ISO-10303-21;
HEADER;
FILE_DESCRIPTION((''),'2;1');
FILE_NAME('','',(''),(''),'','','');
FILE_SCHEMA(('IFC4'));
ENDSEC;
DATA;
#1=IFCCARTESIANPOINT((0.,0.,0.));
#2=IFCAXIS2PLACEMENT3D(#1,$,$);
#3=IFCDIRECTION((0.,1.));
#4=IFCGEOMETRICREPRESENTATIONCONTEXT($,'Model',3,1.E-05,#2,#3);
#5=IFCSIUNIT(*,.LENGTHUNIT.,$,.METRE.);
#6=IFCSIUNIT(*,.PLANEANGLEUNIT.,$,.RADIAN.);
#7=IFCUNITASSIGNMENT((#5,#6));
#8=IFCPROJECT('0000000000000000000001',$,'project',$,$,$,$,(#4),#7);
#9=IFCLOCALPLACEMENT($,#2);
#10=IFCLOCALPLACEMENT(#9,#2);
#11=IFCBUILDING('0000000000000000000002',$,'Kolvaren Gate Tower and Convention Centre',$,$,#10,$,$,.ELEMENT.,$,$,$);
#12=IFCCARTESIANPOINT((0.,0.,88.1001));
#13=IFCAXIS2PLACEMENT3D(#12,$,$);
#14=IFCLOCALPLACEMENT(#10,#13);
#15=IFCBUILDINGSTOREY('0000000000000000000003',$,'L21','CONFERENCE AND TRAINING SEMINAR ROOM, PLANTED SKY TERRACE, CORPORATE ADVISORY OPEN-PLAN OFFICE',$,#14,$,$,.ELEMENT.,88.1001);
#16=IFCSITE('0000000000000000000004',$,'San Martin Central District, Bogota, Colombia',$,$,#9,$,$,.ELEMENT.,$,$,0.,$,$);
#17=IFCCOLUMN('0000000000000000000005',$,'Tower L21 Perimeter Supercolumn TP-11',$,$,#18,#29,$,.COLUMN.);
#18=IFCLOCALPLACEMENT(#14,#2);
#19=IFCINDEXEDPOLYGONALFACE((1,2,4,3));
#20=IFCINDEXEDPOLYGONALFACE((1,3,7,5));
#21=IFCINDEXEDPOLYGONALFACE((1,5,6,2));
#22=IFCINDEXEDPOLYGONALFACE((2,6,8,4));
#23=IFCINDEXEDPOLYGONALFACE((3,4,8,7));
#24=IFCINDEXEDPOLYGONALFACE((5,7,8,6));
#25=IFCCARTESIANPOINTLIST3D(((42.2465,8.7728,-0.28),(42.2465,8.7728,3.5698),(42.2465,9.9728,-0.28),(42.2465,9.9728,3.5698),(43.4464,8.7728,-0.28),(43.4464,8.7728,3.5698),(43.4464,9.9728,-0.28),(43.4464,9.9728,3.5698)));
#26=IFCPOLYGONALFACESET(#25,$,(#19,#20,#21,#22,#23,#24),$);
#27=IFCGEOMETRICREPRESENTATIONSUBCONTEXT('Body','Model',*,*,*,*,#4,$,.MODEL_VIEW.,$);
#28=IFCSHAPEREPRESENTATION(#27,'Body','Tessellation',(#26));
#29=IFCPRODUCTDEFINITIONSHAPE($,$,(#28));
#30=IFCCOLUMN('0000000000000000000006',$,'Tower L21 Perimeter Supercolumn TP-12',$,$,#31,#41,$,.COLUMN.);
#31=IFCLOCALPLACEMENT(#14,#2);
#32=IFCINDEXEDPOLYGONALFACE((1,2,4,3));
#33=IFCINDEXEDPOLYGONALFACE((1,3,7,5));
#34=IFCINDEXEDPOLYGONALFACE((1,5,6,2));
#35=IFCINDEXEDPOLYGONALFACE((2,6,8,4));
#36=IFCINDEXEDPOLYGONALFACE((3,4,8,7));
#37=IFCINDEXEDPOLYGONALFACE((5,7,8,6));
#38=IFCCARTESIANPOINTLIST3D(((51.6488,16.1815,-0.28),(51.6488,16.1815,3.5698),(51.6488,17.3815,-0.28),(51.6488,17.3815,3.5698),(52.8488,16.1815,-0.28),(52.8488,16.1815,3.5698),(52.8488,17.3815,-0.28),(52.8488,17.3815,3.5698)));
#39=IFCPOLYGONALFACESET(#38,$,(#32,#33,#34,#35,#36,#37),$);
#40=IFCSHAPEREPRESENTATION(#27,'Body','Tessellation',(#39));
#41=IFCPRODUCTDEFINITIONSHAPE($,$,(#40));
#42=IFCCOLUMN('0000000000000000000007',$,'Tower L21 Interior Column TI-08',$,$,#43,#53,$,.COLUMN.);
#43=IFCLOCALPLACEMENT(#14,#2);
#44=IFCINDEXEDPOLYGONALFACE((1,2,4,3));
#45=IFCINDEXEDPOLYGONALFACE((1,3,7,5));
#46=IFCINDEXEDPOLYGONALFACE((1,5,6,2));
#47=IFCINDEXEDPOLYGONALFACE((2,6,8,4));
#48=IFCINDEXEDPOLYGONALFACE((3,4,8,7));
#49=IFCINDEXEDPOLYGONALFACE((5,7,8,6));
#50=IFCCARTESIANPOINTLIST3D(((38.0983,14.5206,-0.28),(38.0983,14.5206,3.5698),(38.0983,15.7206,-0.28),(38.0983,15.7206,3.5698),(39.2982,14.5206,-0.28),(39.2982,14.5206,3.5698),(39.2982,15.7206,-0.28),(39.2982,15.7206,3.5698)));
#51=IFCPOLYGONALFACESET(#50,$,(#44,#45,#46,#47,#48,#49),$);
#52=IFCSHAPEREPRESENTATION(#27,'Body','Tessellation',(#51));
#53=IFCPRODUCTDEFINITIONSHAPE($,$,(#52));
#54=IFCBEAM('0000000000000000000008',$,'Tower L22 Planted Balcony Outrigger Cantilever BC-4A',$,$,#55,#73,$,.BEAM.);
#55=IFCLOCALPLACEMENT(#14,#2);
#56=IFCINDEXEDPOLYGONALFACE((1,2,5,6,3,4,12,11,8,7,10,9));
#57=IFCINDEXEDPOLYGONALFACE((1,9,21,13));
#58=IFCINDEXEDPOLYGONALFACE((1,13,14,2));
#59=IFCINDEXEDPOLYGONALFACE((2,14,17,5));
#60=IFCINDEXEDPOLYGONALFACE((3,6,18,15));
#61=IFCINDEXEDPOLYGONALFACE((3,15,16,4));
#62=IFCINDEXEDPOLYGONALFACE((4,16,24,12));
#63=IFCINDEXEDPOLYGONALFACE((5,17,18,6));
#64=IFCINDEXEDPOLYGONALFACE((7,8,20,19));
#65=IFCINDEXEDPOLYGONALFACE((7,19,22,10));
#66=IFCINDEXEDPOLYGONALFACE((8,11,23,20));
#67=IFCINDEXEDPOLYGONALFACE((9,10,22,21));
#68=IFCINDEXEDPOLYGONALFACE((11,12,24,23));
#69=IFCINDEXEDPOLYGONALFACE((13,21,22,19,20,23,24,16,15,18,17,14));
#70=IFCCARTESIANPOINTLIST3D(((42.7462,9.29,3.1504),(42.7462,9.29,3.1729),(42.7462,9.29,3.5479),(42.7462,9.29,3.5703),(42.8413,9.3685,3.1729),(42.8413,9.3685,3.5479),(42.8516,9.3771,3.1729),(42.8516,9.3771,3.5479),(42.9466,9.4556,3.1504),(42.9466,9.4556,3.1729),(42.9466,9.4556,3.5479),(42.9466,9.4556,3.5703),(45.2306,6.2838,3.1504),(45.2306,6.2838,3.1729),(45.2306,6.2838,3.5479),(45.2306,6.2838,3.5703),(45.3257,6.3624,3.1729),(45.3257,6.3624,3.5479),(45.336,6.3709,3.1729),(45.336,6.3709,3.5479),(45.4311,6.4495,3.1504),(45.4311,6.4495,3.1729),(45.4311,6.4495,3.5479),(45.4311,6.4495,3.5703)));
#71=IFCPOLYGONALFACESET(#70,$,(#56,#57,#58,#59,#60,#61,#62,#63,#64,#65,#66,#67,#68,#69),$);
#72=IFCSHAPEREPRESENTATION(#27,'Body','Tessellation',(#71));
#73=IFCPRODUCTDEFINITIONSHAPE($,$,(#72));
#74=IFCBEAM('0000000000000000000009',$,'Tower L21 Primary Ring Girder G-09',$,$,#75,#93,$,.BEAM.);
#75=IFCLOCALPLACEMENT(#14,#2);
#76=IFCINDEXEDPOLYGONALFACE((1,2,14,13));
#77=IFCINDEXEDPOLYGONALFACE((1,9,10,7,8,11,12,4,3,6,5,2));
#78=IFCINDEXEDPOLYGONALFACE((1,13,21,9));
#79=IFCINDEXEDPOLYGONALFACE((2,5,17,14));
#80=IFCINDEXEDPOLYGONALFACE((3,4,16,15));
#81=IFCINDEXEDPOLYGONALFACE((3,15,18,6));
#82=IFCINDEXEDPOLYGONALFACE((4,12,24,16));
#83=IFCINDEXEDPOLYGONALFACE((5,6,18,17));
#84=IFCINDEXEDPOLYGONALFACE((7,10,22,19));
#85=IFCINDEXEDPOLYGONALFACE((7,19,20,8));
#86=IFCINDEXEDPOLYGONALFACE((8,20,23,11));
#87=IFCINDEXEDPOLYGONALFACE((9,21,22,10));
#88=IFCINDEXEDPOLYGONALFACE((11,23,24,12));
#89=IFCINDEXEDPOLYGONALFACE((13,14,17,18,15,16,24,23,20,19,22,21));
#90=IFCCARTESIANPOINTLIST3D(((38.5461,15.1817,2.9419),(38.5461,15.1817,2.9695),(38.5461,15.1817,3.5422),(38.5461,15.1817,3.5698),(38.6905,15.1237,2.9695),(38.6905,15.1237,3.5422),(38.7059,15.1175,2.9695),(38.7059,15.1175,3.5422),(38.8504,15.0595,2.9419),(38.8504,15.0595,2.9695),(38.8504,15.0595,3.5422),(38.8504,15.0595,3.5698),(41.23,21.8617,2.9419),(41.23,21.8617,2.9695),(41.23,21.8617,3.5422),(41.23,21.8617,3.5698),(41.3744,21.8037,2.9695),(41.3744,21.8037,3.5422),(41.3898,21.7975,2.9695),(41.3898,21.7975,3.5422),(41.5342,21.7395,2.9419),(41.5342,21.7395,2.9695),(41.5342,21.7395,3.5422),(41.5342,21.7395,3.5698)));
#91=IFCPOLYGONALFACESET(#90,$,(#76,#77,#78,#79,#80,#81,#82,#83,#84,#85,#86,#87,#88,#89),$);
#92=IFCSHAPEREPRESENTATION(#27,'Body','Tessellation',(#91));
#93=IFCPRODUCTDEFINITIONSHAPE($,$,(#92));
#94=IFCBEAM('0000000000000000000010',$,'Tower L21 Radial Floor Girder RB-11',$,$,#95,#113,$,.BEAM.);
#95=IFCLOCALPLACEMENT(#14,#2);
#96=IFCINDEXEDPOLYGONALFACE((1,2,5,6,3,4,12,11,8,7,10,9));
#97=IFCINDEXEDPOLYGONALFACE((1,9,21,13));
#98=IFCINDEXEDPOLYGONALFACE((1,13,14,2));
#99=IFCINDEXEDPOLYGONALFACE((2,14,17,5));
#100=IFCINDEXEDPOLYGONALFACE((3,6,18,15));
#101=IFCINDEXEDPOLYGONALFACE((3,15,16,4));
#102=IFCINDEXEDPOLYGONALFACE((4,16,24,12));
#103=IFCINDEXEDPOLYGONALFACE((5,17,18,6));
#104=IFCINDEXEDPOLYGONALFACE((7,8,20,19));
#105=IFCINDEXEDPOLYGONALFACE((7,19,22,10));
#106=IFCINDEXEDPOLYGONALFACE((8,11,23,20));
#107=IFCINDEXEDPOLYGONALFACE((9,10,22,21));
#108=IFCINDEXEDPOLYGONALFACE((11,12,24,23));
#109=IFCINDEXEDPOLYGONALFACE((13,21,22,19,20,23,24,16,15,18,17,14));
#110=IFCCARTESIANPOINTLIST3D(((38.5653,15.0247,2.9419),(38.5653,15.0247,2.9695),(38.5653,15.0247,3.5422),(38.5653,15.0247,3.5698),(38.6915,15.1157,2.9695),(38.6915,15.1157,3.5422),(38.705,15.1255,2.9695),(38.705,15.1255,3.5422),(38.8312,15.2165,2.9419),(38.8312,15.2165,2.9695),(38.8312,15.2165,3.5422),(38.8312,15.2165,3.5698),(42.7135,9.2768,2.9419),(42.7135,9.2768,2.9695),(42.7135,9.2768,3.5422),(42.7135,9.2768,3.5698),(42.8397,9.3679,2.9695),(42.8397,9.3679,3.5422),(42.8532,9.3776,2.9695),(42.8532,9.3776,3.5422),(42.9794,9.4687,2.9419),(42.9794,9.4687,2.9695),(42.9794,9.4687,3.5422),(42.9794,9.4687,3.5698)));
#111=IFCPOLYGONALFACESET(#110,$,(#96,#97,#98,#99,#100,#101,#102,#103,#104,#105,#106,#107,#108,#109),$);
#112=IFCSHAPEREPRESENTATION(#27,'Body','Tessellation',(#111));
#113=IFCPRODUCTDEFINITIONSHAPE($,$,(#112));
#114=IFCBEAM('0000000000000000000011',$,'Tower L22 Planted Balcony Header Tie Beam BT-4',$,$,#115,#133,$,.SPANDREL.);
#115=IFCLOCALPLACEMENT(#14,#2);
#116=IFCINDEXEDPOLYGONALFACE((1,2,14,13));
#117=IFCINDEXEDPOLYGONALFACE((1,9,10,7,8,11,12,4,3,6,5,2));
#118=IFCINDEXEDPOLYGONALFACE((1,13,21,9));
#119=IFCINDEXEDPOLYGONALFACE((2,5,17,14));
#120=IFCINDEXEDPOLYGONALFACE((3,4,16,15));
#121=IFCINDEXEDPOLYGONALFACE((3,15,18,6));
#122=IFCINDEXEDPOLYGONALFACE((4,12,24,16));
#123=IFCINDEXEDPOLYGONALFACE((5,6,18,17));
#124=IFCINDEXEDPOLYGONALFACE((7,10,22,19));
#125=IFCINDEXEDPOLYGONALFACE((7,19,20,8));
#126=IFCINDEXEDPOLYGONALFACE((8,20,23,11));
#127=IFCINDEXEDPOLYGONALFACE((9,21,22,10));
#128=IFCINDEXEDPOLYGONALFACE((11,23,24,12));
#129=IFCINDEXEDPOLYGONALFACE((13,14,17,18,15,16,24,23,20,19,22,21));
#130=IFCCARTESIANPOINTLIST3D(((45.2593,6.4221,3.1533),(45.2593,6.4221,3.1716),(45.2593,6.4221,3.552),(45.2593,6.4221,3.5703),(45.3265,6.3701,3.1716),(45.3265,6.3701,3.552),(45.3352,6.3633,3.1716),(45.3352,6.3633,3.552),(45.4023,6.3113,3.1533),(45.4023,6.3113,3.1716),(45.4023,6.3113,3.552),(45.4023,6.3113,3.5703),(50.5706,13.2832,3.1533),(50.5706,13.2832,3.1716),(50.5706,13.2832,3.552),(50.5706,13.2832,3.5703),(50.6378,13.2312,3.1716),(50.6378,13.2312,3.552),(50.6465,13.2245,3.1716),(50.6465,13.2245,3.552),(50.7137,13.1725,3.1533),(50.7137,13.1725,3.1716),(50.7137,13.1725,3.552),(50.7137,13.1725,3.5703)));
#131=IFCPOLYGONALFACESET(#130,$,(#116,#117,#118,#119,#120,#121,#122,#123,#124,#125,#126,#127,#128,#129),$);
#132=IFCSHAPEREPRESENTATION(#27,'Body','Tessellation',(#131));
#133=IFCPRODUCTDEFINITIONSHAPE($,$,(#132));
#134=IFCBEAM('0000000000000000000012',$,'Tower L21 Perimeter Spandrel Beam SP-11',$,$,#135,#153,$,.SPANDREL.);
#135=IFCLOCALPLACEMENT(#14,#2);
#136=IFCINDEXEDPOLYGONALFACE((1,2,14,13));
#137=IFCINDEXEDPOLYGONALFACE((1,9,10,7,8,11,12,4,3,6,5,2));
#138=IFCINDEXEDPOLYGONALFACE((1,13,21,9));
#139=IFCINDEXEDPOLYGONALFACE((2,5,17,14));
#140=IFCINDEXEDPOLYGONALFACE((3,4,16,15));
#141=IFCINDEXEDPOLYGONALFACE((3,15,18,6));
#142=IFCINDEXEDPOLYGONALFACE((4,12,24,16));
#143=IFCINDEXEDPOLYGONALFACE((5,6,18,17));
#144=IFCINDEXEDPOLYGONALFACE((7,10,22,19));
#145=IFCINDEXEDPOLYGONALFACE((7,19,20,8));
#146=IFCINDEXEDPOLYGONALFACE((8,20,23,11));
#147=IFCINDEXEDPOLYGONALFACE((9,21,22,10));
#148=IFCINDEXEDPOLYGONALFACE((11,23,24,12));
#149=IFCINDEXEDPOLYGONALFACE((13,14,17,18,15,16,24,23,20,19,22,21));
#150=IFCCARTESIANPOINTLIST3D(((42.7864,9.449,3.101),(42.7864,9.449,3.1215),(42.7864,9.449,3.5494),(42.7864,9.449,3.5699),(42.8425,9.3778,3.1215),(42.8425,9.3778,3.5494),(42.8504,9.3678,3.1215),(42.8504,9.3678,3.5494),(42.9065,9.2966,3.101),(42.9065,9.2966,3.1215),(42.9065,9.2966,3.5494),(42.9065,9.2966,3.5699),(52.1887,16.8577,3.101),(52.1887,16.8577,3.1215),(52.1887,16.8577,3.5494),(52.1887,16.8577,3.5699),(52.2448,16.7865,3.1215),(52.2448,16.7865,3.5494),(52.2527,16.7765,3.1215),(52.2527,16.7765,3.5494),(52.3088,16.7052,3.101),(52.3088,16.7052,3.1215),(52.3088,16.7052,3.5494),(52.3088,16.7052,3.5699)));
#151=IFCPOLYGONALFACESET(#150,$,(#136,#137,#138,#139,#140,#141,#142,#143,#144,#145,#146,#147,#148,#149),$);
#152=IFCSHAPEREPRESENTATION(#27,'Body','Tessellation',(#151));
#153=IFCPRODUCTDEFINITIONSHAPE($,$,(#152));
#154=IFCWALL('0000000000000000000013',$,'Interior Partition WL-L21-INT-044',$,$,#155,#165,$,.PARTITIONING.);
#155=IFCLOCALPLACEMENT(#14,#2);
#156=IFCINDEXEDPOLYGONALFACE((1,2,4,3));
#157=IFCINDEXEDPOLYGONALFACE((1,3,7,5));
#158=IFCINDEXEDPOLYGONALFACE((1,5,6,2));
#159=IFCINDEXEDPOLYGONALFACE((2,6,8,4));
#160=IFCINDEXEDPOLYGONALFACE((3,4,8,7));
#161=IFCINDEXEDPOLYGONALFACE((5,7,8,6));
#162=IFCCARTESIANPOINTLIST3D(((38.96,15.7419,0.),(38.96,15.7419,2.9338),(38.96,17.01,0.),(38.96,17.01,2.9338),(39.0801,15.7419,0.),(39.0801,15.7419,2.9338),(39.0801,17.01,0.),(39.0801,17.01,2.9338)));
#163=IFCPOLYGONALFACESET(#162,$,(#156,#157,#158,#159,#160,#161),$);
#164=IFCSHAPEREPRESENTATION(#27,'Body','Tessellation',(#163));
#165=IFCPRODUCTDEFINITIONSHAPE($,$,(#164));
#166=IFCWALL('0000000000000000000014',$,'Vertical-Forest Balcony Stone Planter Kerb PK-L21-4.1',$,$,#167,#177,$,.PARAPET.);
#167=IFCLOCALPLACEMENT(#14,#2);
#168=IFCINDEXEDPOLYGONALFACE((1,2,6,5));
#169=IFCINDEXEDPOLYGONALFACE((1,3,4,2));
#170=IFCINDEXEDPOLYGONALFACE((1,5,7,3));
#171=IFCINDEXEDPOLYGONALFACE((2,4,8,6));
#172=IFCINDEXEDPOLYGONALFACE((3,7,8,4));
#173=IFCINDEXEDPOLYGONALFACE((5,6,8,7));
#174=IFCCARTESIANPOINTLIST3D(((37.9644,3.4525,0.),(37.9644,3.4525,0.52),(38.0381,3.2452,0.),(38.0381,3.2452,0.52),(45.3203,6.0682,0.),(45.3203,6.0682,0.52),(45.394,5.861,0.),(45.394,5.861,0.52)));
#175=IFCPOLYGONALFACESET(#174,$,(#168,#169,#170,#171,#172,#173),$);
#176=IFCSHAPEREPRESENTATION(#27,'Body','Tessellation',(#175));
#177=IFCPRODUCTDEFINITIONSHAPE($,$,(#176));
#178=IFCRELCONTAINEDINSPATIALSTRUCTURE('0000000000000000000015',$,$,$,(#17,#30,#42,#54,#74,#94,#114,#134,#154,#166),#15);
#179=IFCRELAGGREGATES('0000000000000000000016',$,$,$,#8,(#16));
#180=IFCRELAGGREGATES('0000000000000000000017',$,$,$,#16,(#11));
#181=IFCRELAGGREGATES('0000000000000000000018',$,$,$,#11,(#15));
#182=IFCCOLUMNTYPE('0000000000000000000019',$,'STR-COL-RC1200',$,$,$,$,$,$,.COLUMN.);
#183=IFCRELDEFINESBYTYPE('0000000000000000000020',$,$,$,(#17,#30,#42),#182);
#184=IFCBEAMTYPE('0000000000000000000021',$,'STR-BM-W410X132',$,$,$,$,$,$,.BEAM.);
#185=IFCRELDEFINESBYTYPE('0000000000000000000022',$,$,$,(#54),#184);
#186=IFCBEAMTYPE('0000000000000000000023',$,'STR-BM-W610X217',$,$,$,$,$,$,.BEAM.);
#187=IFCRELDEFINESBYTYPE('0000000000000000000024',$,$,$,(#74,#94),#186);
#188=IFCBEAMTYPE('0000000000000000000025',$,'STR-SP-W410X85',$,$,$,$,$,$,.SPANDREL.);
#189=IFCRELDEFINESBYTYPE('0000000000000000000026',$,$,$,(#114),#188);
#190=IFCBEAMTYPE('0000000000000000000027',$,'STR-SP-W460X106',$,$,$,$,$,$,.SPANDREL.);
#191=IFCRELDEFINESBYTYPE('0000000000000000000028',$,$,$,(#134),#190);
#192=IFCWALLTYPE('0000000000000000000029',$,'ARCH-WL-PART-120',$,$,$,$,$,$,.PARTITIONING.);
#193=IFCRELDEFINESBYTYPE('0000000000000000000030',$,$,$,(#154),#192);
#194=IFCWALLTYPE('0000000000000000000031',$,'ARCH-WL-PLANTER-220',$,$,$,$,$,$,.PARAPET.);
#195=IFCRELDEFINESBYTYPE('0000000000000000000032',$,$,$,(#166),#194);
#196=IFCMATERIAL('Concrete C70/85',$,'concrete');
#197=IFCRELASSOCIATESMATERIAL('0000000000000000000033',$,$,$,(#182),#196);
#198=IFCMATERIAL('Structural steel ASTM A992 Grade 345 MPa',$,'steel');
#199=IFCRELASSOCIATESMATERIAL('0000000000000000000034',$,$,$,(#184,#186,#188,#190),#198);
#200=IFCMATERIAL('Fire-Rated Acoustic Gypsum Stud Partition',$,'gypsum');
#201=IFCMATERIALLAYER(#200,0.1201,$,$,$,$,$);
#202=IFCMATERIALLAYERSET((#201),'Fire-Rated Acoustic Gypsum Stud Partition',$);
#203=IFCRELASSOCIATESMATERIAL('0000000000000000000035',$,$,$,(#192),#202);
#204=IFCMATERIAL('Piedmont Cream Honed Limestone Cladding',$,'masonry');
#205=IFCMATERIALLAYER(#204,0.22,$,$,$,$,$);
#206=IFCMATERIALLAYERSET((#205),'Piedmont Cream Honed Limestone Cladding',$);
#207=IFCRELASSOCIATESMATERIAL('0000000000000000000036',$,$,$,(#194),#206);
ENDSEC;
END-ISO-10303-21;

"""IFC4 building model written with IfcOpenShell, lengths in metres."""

from ifc_helpers import new_model, si_unit, direction, frame, frame_2d, origin, origin_2d, place, context, subcontext, project, spatial, rectangle, i_section, extrude, material, layer, layer_set, material_profile, profile_set, type_object, element, save


model = new_model("IFC4")

# Units and contexts
model_context = context("Model", 3, precision=1e-05, world=origin(), true_north=direction((0.0, 1.0)))
body_context = subcontext(model_context, "Body", "Model", "MODEL_VIEW")
ifc_project = project(units=[si_unit("LENGTHUNIT", "METRE"), si_unit("PLANEANGLEUNIT", "RADIAN")], contexts=[model_context])

# Site, building, storey
site_placement = place(None, origin())
site = spatial("IfcSite", under=ifc_project, at=site_placement, Name="San Martin Central District, Bogota, Colombia", CompositionType="ELEMENT", RefElevation=0.0)
building_placement = place(site_placement, origin())
building = spatial("IfcBuilding", under=site, at=building_placement, Name="Kolvaren Gate Tower and Convention Centre", CompositionType="ELEMENT")
storey_placement = place(building_placement, frame((0.0, 0.0, 88.1001)))
storey = spatial("IfcBuildingStorey", under=building, at=storey_placement, Name="L21", Description="CONFERENCE AND TRAINING SEMINAR ROOM, PLANTED SKY TERRACE, CORPORATE ADVISORY OPEN-PLAN OFFICE", CompositionType="ELEMENT", Elevation=88.1001)

# Columns
ifc_material_1 = material(Name="Concrete C70/85", Category="concrete")
ifc_material_profile_1 = material_profile(ifc_material_1, rectangle(XDim=1.2, YDim=1.2, at=origin_2d()), Name="RC-COL-1200X1200")
ifc_profile_set_1 = profile_set([ifc_material_profile_1], Name="Concrete C70/85")
column_type = type_object("IfcColumnType", Name="STR-COL-RC1200", PredefinedType="COLUMN", material=ifc_profile_set_1)
for number, where, z_axis, x_axis, name in (
    (1, (42.8464, 9.3728, -0.28), (0.0, 0.0, 1.0), (1.0, 0.0, 0.0), "Tower L21 Perimeter Supercolumn TP-11"),
    (2, (52.2488, 16.7815, -0.28), (0.0, 0.0, 1.0), (1.0, 0.0, 0.0), "Tower L21 Perimeter Supercolumn TP-12"),
    (3, (38.6982, 15.1206, -0.28), (0.0, 0.0, 1.0), (1.0, 0.0, 0.0), "Tower L21 Interior Column TI-08"),
):
    element("IfcColumn", number, at=place(storey_placement, frame(where, z_axis=z_axis, x_axis=x_axis)), inside=storey, type_object=column_type, Name=name, PredefinedType="COLUMN", context=body_context, shape_type="SweptSolid", body=[
        extrude(rectangle(XDim=1.2, YDim=1.2, at=origin_2d()), origin(), (0.0, 0.0, 1.0), 3.8499),
    ])

# Beams
ifc_material_2 = material(Name="Structural steel ASTM A992 Grade 345 MPa", Category="steel")
ifc_material_profile_2 = material_profile(ifc_material_2, i_section(OverallWidth=0.26, OverallDepth=0.4199, WebThickness=0.0134, FlangeThickness=0.0225, at=origin_2d()), Name="W410X132")
ifc_profile_set_2 = profile_set([ifc_material_profile_2], Name="Structural steel ASTM A992 Grade 345 MPa")
beam_type_1 = type_object("IfcBeamType", Name="STR-BM-W410X132", PredefinedType="BEAM", material=ifc_profile_set_2)
beam_1_placement = place(storey_placement, frame((42.8464, 9.3728, 3.3604), z_axis=(0.637045, -0.770827, 0.0), x_axis=(0.770827, 0.637045, 0.0)))
element("IfcBeam", 4, at=beam_1_placement, inside=storey, type_object=beam_type_1, Name="Tower L22 Planted Balcony Outrigger Cantilever BC-4A", PredefinedType="BEAM", context=body_context, shape_type="SweptSolid", body=[
    extrude(i_section(OverallWidth=0.26, OverallDepth=0.4199, WebThickness=0.0134, FlangeThickness=0.0225, at=origin_2d()), origin(), (0.0, 0.0, 1.0), 3.8999),
])
ifc_material_profile_3 = material_profile(ifc_material_2, i_section(OverallWidth=0.3279, OverallDepth=0.6279, WebThickness=0.0166, FlangeThickness=0.0276, at=origin_2d()), Name="W610X217")
ifc_profile_set_3 = profile_set([ifc_material_profile_3], Name="Structural steel ASTM A992 Grade 345 MPa")
beam_type_2 = type_object("IfcBeamType", Name="STR-BM-W610X217", PredefinedType="BEAM", material=ifc_profile_set_3)
beam_2_placement = place(storey_placement, frame((38.6982, 15.1206, 3.2559), z_axis=(0.372811, 0.927907, 0.0), x_axis=(-0.927907, 0.372811, 0.0)))
element("IfcBeam", 5, at=beam_2_placement, inside=storey, type_object=beam_type_2, Name="Tower L21 Primary Ring Girder G-09", PredefinedType="BEAM", context=body_context, shape_type="SweptSolid", body=[
    extrude(i_section(OverallWidth=0.3279, OverallDepth=0.6279, WebThickness=0.0166, FlangeThickness=0.0276, at=origin_2d()), origin(), (0.0, 0.0, 1.0), 7.199),
])
beam_3_placement = place(storey_placement, frame((38.6982, 15.1206, 3.2559), z_axis=(0.585213, -0.81088, 0.0), x_axis=(0.81088, 0.585213, 0.0)))
element("IfcBeam", 6, at=beam_3_placement, inside=storey, type_object=beam_type_2, Name="Tower L21 Radial Floor Girder RB-11", PredefinedType="BEAM", context=body_context, shape_type="SweptSolid", body=[
    extrude(i_section(OverallWidth=0.3279, OverallDepth=0.6279, WebThickness=0.0166, FlangeThickness=0.0276, at=origin_2d()), origin(), (0.0, 0.0, 1.0), 7.0884),
])
ifc_material_profile_4 = material_profile(ifc_material_2, i_section(OverallWidth=0.1809, OverallDepth=0.417, WebThickness=0.011, FlangeThickness=0.0183, at=origin_2d()), Name="W410X85")
ifc_profile_set_4 = profile_set([ifc_material_profile_4], Name="Structural steel ASTM A992 Grade 345 MPa")
beam_type_3 = type_object("IfcBeamType", Name="STR-SP-W410X85", PredefinedType="SPANDREL", material=ifc_profile_set_4)
beam_4_placement = place(storey_placement, frame((45.3308, 6.3667, 3.3618), z_axis=(0.612135, 0.790753, 0.0), x_axis=(-0.790753, 0.612135, 0.0)))
element("IfcBeam", 7, at=beam_4_placement, inside=storey, type_object=beam_type_3, Name="Tower L22 Planted Balcony Header Tie Beam BT-4", PredefinedType="SPANDREL", context=body_context, shape_type="SweptSolid", body=[
    extrude(i_section(OverallWidth=0.1809, OverallDepth=0.417, WebThickness=0.011, FlangeThickness=0.0183, at=origin_2d()), origin(), (0.0, 0.0, 1.0), 8.6768),
])
ifc_material_profile_5 = material_profile(ifc_material_2, i_section(OverallWidth=0.1941, OverallDepth=0.469, WebThickness=0.0127, FlangeThickness=0.0205, at=origin_2d()), Name="W460X106")
ifc_profile_set_5 = profile_set([ifc_material_profile_5], Name="Structural steel ASTM A992 Grade 345 MPa")
beam_type_4 = type_object("IfcBeamType", Name="STR-SP-W460X106", PredefinedType="SPANDREL", material=ifc_profile_set_5)
beam_5_placement = place(storey_placement, frame((42.8464, 9.3728, 3.3354), z_axis=(0.78546, 0.618913, 0.0), x_axis=(-0.618913, 0.78546, 0.0)))
element("IfcBeam", 8, at=beam_5_placement, inside=storey, type_object=beam_type_4, Name="Tower L21 Perimeter Spandrel Beam SP-11", PredefinedType="SPANDREL", context=body_context, shape_type="SweptSolid", body=[
    extrude(i_section(OverallWidth=0.1941, OverallDepth=0.469, WebThickness=0.0127, FlangeThickness=0.0205, at=origin_2d()), origin(), (0.0, 0.0, 1.0), 11.9705),
])

# Walls
ifc_material_3 = material(Name="Fire-Rated Acoustic Gypsum Stud Partition", Category="gypsum")
ifc_layer_1 = layer(ifc_material_3, 0.1201)
ifc_layer_set_1 = layer_set([ifc_layer_1], Name="Fire-Rated Acoustic Gypsum Stud Partition")
wall_type_1 = type_object("IfcWallType", Name="ARCH-WL-PART-120", PredefinedType="PARTITIONING", material=ifc_layer_set_1)
wall_1_placement = place(storey_placement, frame((39.02, 15.7419, 0.0), z_axis=(0.0, 0.0, 1.0), x_axis=(0.0, 1.0, 0.0)))
element("IfcWall", 9, at=wall_1_placement, inside=storey, type_object=wall_type_1, Name="Interior Partition WL-L21-INT-044", PredefinedType="PARTITIONING", context=body_context, shape_type="SweptSolid", body=[
    extrude(rectangle(XDim=1.2681, YDim=0.1201, at=frame_2d((0.634, 0.0))), origin(), (0.0, 0.0, 1.0), 2.9338),
])
ifc_material_4 = material(Name="Piedmont Cream Honed Limestone Cladding", Category="masonry")
ifc_layer_2 = layer(ifc_material_4, 0.22)
ifc_layer_set_2 = layer_set([ifc_layer_2], Name="Piedmont Cream Honed Limestone Cladding")
wall_type_2 = type_object("IfcWallType", Name="ARCH-WL-PLANTER-220", PredefinedType="PARAPET", material=ifc_layer_set_2)
wall_2_placement = place(storey_placement, frame((38.0012, 3.3489, 0.0), z_axis=(0.0, 0.0, 1.0), x_axis=(0.942204, 0.335041, 0.0)))
element("IfcWall", 10, at=wall_2_placement, inside=storey, type_object=wall_type_2, Name="Vertical-Forest Balcony Stone Planter Kerb PK-L21-4.1", PredefinedType="PARAPET", context=body_context, shape_type="SweptSolid", body=[
    extrude(rectangle(XDim=7.8071, YDim=0.22, at=frame_2d((3.9036, 0.0))), origin(), (0.0, 0.0, 1.0), 0.52),
])

save(model, "model.ifc")
